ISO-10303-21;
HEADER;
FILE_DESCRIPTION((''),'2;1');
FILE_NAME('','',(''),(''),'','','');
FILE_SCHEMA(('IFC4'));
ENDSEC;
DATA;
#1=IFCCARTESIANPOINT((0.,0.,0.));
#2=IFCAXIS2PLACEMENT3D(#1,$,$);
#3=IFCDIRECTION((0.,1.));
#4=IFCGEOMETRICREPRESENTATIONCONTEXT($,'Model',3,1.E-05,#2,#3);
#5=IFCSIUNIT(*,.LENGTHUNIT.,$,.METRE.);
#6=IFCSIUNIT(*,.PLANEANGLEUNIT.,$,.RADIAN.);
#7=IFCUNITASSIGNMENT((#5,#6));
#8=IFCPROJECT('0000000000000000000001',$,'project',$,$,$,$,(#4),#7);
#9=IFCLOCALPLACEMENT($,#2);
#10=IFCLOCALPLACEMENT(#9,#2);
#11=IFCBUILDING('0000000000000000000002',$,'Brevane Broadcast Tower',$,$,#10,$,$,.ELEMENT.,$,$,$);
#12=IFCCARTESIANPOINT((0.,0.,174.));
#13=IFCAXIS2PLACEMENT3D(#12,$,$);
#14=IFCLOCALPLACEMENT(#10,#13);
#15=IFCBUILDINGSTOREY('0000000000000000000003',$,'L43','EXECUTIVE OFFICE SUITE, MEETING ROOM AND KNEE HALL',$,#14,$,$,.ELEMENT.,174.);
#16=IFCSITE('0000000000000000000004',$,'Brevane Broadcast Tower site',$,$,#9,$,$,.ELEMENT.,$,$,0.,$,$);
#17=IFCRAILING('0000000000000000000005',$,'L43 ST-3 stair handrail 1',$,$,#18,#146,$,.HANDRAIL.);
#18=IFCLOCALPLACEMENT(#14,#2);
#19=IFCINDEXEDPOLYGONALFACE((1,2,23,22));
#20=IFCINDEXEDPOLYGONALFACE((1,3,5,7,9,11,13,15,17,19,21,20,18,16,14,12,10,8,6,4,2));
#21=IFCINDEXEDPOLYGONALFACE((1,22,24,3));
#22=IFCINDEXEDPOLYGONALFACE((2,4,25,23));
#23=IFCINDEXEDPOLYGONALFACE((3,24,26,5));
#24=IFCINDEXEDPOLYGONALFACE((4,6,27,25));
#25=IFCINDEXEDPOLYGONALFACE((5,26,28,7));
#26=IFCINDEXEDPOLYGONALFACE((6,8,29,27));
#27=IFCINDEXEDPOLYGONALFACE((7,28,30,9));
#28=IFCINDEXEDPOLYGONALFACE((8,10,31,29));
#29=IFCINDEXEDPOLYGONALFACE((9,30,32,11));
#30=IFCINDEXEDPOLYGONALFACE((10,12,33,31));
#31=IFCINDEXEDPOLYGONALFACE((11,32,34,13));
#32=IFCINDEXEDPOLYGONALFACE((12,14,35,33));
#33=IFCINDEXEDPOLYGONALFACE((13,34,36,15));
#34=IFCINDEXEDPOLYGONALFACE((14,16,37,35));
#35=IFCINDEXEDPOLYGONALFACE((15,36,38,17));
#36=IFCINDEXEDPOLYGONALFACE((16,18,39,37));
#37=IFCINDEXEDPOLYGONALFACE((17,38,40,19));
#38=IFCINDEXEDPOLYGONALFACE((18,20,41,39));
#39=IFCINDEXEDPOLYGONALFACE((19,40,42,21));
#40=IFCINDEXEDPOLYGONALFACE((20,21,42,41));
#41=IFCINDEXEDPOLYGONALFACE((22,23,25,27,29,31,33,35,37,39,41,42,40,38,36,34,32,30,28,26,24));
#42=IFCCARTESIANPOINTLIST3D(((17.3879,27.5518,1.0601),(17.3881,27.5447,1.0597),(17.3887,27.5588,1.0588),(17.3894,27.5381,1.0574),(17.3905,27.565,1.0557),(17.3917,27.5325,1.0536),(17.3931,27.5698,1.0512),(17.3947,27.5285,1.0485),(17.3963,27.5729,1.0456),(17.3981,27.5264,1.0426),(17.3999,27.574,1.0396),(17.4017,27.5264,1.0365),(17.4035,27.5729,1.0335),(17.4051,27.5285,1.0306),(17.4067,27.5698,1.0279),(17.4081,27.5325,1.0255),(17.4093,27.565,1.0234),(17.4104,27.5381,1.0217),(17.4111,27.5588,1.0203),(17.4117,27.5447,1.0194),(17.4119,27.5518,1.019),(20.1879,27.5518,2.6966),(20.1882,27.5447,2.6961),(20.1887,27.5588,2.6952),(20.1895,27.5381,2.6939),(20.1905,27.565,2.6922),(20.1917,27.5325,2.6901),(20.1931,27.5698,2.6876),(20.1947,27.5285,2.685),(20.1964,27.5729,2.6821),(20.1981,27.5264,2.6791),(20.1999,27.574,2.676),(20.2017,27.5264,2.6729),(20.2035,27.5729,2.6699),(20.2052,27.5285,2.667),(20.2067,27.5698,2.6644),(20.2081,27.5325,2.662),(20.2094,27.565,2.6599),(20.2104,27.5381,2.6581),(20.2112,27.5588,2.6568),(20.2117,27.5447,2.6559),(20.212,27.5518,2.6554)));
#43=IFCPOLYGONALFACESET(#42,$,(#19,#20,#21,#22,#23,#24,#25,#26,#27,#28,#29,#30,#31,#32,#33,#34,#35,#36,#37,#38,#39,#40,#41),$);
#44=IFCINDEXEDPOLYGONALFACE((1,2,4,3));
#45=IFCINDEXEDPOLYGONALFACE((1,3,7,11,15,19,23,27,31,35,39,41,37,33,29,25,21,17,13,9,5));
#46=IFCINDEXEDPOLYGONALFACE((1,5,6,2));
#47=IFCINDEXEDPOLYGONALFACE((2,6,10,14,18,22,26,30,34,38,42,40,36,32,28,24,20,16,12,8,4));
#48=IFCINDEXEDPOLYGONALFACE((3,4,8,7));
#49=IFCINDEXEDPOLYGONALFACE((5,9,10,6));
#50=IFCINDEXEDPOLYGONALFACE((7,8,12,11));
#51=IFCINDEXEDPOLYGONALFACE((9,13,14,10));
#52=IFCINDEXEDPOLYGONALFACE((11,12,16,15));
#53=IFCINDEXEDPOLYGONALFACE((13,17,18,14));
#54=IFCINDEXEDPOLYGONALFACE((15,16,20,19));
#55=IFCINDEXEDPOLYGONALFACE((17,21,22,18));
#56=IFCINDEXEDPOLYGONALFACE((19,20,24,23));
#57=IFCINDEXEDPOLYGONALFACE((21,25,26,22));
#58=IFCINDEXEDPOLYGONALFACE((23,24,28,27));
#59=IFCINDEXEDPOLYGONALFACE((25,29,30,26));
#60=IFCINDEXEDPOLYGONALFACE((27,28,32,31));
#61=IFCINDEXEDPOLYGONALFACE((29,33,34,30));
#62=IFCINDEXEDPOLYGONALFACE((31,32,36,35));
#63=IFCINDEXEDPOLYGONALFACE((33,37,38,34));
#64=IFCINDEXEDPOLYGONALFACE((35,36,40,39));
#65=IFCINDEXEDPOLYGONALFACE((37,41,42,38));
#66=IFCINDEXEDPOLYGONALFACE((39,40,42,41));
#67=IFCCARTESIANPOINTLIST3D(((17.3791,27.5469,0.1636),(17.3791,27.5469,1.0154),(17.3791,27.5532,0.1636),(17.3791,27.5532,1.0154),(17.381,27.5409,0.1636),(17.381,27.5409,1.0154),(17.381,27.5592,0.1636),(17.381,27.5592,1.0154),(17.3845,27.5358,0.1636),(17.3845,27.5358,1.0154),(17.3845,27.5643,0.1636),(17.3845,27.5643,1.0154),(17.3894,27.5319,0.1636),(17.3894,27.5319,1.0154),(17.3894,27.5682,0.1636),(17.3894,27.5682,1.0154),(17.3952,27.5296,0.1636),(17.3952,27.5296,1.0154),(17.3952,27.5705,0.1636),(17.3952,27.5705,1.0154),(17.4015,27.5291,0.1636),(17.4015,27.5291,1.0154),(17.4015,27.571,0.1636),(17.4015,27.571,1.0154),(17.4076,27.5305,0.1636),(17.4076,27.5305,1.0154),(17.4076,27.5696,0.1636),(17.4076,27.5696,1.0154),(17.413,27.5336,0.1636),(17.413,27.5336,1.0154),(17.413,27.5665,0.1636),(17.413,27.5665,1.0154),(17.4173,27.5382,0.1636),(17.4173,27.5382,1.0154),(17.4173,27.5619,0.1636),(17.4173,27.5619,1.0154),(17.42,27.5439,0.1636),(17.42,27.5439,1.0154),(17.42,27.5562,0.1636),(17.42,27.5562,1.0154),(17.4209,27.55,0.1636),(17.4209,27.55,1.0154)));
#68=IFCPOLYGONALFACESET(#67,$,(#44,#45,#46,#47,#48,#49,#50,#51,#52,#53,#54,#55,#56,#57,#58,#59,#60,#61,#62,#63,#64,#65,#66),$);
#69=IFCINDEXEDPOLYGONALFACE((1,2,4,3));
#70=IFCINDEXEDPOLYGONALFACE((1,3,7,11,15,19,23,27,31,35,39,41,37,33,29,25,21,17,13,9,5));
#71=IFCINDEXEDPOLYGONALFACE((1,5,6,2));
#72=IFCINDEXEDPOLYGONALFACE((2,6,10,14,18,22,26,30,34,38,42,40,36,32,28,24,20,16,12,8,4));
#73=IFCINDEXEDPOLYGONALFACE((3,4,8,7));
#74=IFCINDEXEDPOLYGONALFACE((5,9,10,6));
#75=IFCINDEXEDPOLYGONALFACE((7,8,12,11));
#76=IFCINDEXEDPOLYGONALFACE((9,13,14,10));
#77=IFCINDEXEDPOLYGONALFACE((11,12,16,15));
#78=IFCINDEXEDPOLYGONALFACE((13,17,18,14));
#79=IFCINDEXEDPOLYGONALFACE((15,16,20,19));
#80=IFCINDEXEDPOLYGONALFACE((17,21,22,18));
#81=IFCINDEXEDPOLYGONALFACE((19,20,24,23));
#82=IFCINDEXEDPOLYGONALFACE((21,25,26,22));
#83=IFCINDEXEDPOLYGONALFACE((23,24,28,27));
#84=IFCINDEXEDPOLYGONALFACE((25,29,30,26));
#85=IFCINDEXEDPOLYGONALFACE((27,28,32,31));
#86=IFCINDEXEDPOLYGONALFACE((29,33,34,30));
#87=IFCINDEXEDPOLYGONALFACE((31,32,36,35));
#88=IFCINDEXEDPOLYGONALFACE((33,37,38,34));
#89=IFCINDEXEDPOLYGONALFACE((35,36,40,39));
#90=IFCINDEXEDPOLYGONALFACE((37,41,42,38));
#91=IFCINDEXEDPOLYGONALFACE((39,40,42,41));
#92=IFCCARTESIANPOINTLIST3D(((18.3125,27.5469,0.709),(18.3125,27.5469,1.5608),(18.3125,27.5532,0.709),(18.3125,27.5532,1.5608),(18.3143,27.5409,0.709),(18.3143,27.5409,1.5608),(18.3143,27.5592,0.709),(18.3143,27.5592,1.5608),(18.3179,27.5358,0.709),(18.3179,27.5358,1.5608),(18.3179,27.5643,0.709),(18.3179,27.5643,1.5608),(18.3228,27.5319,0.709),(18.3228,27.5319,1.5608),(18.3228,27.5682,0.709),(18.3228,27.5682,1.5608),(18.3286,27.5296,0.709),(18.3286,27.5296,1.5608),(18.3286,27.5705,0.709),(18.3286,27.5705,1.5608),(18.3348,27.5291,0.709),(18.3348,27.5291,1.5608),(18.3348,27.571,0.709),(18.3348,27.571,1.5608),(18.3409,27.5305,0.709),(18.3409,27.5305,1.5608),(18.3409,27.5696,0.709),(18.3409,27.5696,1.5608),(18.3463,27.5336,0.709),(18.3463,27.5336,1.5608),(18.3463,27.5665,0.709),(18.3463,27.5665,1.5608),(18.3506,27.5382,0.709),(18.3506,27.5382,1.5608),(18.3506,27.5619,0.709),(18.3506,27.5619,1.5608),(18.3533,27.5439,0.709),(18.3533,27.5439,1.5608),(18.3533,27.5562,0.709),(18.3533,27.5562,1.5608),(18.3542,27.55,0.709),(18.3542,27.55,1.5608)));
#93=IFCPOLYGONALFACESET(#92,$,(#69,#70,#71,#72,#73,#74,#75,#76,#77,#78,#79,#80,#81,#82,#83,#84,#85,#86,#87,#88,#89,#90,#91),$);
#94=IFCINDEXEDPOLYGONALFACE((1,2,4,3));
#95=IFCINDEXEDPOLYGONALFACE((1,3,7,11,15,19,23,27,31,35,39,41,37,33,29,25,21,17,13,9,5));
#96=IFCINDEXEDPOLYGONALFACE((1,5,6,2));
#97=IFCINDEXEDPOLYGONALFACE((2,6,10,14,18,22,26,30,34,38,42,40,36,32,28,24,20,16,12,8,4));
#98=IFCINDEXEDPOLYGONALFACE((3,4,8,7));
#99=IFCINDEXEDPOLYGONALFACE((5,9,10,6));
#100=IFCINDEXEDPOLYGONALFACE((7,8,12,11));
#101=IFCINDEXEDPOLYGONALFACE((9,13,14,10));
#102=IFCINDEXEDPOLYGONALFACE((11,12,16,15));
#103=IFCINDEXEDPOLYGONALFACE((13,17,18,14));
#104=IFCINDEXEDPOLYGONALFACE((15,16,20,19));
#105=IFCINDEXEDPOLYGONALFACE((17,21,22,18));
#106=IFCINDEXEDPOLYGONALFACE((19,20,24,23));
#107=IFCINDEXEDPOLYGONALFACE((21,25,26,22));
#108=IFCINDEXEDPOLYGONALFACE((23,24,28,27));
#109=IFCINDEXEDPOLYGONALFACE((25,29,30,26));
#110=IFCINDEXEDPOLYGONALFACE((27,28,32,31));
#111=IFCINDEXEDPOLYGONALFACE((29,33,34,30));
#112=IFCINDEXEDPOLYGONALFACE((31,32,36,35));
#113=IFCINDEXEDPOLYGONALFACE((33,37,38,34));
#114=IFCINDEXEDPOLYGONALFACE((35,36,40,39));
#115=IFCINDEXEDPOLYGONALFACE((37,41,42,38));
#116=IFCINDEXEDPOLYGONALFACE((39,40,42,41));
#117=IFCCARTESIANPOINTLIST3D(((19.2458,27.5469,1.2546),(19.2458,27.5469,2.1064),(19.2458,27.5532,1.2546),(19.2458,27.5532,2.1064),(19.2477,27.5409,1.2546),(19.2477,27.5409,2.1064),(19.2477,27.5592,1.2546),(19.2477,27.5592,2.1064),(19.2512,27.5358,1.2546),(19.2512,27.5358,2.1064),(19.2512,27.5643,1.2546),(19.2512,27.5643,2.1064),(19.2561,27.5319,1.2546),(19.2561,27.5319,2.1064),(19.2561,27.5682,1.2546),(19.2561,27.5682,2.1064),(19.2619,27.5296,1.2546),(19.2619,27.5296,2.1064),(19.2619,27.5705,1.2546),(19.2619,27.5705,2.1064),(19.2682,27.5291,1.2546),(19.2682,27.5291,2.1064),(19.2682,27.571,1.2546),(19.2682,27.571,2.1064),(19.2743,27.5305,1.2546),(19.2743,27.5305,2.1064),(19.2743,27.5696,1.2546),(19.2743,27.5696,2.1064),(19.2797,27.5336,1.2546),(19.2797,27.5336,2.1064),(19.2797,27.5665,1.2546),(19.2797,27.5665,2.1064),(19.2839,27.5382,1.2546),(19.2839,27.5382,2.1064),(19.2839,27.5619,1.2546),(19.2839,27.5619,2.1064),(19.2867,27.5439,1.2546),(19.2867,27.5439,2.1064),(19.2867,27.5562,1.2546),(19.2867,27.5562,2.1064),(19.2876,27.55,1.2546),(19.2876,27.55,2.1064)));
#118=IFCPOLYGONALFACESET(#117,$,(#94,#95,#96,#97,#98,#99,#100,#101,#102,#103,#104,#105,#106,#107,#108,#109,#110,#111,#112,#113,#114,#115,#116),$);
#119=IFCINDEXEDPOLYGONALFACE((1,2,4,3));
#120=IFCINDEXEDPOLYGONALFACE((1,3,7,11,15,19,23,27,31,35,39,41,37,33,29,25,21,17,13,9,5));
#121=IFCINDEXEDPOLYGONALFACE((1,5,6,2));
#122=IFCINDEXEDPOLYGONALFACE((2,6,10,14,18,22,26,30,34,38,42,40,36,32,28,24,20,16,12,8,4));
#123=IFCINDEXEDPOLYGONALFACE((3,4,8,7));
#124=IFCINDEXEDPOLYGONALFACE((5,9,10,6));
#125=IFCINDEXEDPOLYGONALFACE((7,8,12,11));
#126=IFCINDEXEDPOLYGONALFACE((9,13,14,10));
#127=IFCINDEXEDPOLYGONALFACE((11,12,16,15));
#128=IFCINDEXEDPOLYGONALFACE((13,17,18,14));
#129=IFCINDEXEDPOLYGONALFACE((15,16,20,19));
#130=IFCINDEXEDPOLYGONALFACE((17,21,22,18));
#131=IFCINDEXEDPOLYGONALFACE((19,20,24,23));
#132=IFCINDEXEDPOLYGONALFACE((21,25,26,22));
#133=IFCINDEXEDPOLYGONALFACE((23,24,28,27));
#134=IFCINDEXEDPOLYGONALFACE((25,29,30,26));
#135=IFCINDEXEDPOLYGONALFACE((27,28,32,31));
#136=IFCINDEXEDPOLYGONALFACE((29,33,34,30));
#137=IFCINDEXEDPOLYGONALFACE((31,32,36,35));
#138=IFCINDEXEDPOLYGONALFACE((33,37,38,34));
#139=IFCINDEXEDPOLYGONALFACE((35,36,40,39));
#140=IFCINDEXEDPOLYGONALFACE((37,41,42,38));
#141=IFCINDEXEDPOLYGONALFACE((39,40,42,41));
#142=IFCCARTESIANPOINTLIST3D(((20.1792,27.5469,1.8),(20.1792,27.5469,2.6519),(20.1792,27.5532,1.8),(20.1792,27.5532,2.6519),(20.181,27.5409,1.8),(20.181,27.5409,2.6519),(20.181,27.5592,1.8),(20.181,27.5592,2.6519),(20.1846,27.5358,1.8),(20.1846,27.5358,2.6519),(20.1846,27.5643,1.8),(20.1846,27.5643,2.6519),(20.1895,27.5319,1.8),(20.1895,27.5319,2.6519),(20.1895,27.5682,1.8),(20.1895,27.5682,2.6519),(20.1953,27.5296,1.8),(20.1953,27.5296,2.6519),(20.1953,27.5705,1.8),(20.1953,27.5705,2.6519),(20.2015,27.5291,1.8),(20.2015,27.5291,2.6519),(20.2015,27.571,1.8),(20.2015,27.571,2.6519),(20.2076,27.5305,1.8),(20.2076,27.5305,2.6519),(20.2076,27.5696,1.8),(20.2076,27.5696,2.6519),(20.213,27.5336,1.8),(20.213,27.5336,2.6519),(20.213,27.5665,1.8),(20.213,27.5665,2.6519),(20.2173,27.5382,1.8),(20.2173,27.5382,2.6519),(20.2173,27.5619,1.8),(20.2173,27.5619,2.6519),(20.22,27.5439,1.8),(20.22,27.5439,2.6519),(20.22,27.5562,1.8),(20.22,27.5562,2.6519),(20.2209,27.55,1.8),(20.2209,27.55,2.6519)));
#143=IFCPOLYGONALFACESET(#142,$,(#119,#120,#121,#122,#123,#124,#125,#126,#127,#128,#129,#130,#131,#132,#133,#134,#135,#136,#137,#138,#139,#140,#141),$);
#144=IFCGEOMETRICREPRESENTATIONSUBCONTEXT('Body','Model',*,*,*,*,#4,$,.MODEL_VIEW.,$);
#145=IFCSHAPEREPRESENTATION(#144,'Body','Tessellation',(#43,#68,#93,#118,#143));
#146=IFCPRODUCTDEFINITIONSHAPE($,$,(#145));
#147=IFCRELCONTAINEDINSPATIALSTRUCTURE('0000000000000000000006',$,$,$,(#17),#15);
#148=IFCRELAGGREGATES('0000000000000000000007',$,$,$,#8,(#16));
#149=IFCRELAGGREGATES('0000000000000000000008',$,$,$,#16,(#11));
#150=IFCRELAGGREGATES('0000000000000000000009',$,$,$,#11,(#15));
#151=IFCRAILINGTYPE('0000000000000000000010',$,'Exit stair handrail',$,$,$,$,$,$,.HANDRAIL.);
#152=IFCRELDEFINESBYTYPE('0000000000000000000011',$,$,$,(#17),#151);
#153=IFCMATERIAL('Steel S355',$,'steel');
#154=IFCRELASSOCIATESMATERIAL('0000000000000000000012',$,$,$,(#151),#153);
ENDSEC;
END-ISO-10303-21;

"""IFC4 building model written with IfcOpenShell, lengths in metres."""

from ifc_helpers import new_model, si_unit, direction, frame, origin, origin_2d, place, context, subcontext, project, spatial, circle, extrude, material, type_object, element, save


model = new_model("IFC4")

# Units and contexts
model_context = context("Model", 3, precision=1e-05, world=origin(), true_north=direction((0.0, 1.0)))
body_context = subcontext(model_context, "Body", "Model", "MODEL_VIEW")
ifc_project = project(units=[si_unit("LENGTHUNIT", "METRE"), si_unit("PLANEANGLEUNIT", "RADIAN")], contexts=[model_context])

# Site, building, storey
site_placement = place(None, origin())
site = spatial("IfcSite", under=ifc_project, at=site_placement, Name="Brevane Broadcast Tower site", CompositionType="ELEMENT", RefElevation=0.0)
building_placement = place(site_placement, origin())
building = spatial("IfcBuilding", under=site, at=building_placement, Name="Brevane Broadcast Tower", CompositionType="ELEMENT")
storey_placement = place(building_placement, frame((0.0, 0.0, 174.0)))
storey = spatial("IfcBuildingStorey", under=building, at=storey_placement, Name="L43", Description="EXECUTIVE OFFICE SUITE, MEETING ROOM AND KNEE HALL", CompositionType="ELEMENT", Elevation=174.0)

# Railing
ifc_material_1 = material(Name="Steel S355", Category="steel")
railing_type_1 = type_object("IfcRailingType", Name="Exit stair handrail", PredefinedType="HANDRAIL", material=ifc_material_1)
railing_1_placement = place(storey_placement, frame((17.3999, 27.55, 0.1636)))
element("IfcRailing", 1, at=railing_1_placement, inside=storey, type_object=railing_type_1, Name="L43 ST-3 stair handrail 1", PredefinedType="HANDRAIL", context=body_context, shape_type="SweptSolid", body=[
    extrude(circle(Radius=0.0239, at=origin_2d()), frame((0.0, 0.0, 0.876), z_axis=(0.863361, 0.0, 0.504587), x_axis=(0.0, 1.0, 0.0)), (0.0, 0.0, 1.0), 3.2432),
    extrude(circle(Radius=0.021, at=origin_2d()), origin(), (0.0, 0.0, 1.0), 0.8518),
    extrude(circle(Radius=0.021, at=origin_2d()), frame((0.9333, 0.0, 0.5454)), (0.0, 0.0, 1.0), 0.8518),
    extrude(circle(Radius=0.021, at=origin_2d()), frame((1.8667, 0.0, 1.0911)), (0.0, 0.0, 1.0), 0.8518),
    extrude(circle(Radius=0.021, at=origin_2d()), frame((2.8, 0.0, 1.6365)), (0.0, 0.0, 1.0), 0.8518),
])

save(model, "model.ifc")
